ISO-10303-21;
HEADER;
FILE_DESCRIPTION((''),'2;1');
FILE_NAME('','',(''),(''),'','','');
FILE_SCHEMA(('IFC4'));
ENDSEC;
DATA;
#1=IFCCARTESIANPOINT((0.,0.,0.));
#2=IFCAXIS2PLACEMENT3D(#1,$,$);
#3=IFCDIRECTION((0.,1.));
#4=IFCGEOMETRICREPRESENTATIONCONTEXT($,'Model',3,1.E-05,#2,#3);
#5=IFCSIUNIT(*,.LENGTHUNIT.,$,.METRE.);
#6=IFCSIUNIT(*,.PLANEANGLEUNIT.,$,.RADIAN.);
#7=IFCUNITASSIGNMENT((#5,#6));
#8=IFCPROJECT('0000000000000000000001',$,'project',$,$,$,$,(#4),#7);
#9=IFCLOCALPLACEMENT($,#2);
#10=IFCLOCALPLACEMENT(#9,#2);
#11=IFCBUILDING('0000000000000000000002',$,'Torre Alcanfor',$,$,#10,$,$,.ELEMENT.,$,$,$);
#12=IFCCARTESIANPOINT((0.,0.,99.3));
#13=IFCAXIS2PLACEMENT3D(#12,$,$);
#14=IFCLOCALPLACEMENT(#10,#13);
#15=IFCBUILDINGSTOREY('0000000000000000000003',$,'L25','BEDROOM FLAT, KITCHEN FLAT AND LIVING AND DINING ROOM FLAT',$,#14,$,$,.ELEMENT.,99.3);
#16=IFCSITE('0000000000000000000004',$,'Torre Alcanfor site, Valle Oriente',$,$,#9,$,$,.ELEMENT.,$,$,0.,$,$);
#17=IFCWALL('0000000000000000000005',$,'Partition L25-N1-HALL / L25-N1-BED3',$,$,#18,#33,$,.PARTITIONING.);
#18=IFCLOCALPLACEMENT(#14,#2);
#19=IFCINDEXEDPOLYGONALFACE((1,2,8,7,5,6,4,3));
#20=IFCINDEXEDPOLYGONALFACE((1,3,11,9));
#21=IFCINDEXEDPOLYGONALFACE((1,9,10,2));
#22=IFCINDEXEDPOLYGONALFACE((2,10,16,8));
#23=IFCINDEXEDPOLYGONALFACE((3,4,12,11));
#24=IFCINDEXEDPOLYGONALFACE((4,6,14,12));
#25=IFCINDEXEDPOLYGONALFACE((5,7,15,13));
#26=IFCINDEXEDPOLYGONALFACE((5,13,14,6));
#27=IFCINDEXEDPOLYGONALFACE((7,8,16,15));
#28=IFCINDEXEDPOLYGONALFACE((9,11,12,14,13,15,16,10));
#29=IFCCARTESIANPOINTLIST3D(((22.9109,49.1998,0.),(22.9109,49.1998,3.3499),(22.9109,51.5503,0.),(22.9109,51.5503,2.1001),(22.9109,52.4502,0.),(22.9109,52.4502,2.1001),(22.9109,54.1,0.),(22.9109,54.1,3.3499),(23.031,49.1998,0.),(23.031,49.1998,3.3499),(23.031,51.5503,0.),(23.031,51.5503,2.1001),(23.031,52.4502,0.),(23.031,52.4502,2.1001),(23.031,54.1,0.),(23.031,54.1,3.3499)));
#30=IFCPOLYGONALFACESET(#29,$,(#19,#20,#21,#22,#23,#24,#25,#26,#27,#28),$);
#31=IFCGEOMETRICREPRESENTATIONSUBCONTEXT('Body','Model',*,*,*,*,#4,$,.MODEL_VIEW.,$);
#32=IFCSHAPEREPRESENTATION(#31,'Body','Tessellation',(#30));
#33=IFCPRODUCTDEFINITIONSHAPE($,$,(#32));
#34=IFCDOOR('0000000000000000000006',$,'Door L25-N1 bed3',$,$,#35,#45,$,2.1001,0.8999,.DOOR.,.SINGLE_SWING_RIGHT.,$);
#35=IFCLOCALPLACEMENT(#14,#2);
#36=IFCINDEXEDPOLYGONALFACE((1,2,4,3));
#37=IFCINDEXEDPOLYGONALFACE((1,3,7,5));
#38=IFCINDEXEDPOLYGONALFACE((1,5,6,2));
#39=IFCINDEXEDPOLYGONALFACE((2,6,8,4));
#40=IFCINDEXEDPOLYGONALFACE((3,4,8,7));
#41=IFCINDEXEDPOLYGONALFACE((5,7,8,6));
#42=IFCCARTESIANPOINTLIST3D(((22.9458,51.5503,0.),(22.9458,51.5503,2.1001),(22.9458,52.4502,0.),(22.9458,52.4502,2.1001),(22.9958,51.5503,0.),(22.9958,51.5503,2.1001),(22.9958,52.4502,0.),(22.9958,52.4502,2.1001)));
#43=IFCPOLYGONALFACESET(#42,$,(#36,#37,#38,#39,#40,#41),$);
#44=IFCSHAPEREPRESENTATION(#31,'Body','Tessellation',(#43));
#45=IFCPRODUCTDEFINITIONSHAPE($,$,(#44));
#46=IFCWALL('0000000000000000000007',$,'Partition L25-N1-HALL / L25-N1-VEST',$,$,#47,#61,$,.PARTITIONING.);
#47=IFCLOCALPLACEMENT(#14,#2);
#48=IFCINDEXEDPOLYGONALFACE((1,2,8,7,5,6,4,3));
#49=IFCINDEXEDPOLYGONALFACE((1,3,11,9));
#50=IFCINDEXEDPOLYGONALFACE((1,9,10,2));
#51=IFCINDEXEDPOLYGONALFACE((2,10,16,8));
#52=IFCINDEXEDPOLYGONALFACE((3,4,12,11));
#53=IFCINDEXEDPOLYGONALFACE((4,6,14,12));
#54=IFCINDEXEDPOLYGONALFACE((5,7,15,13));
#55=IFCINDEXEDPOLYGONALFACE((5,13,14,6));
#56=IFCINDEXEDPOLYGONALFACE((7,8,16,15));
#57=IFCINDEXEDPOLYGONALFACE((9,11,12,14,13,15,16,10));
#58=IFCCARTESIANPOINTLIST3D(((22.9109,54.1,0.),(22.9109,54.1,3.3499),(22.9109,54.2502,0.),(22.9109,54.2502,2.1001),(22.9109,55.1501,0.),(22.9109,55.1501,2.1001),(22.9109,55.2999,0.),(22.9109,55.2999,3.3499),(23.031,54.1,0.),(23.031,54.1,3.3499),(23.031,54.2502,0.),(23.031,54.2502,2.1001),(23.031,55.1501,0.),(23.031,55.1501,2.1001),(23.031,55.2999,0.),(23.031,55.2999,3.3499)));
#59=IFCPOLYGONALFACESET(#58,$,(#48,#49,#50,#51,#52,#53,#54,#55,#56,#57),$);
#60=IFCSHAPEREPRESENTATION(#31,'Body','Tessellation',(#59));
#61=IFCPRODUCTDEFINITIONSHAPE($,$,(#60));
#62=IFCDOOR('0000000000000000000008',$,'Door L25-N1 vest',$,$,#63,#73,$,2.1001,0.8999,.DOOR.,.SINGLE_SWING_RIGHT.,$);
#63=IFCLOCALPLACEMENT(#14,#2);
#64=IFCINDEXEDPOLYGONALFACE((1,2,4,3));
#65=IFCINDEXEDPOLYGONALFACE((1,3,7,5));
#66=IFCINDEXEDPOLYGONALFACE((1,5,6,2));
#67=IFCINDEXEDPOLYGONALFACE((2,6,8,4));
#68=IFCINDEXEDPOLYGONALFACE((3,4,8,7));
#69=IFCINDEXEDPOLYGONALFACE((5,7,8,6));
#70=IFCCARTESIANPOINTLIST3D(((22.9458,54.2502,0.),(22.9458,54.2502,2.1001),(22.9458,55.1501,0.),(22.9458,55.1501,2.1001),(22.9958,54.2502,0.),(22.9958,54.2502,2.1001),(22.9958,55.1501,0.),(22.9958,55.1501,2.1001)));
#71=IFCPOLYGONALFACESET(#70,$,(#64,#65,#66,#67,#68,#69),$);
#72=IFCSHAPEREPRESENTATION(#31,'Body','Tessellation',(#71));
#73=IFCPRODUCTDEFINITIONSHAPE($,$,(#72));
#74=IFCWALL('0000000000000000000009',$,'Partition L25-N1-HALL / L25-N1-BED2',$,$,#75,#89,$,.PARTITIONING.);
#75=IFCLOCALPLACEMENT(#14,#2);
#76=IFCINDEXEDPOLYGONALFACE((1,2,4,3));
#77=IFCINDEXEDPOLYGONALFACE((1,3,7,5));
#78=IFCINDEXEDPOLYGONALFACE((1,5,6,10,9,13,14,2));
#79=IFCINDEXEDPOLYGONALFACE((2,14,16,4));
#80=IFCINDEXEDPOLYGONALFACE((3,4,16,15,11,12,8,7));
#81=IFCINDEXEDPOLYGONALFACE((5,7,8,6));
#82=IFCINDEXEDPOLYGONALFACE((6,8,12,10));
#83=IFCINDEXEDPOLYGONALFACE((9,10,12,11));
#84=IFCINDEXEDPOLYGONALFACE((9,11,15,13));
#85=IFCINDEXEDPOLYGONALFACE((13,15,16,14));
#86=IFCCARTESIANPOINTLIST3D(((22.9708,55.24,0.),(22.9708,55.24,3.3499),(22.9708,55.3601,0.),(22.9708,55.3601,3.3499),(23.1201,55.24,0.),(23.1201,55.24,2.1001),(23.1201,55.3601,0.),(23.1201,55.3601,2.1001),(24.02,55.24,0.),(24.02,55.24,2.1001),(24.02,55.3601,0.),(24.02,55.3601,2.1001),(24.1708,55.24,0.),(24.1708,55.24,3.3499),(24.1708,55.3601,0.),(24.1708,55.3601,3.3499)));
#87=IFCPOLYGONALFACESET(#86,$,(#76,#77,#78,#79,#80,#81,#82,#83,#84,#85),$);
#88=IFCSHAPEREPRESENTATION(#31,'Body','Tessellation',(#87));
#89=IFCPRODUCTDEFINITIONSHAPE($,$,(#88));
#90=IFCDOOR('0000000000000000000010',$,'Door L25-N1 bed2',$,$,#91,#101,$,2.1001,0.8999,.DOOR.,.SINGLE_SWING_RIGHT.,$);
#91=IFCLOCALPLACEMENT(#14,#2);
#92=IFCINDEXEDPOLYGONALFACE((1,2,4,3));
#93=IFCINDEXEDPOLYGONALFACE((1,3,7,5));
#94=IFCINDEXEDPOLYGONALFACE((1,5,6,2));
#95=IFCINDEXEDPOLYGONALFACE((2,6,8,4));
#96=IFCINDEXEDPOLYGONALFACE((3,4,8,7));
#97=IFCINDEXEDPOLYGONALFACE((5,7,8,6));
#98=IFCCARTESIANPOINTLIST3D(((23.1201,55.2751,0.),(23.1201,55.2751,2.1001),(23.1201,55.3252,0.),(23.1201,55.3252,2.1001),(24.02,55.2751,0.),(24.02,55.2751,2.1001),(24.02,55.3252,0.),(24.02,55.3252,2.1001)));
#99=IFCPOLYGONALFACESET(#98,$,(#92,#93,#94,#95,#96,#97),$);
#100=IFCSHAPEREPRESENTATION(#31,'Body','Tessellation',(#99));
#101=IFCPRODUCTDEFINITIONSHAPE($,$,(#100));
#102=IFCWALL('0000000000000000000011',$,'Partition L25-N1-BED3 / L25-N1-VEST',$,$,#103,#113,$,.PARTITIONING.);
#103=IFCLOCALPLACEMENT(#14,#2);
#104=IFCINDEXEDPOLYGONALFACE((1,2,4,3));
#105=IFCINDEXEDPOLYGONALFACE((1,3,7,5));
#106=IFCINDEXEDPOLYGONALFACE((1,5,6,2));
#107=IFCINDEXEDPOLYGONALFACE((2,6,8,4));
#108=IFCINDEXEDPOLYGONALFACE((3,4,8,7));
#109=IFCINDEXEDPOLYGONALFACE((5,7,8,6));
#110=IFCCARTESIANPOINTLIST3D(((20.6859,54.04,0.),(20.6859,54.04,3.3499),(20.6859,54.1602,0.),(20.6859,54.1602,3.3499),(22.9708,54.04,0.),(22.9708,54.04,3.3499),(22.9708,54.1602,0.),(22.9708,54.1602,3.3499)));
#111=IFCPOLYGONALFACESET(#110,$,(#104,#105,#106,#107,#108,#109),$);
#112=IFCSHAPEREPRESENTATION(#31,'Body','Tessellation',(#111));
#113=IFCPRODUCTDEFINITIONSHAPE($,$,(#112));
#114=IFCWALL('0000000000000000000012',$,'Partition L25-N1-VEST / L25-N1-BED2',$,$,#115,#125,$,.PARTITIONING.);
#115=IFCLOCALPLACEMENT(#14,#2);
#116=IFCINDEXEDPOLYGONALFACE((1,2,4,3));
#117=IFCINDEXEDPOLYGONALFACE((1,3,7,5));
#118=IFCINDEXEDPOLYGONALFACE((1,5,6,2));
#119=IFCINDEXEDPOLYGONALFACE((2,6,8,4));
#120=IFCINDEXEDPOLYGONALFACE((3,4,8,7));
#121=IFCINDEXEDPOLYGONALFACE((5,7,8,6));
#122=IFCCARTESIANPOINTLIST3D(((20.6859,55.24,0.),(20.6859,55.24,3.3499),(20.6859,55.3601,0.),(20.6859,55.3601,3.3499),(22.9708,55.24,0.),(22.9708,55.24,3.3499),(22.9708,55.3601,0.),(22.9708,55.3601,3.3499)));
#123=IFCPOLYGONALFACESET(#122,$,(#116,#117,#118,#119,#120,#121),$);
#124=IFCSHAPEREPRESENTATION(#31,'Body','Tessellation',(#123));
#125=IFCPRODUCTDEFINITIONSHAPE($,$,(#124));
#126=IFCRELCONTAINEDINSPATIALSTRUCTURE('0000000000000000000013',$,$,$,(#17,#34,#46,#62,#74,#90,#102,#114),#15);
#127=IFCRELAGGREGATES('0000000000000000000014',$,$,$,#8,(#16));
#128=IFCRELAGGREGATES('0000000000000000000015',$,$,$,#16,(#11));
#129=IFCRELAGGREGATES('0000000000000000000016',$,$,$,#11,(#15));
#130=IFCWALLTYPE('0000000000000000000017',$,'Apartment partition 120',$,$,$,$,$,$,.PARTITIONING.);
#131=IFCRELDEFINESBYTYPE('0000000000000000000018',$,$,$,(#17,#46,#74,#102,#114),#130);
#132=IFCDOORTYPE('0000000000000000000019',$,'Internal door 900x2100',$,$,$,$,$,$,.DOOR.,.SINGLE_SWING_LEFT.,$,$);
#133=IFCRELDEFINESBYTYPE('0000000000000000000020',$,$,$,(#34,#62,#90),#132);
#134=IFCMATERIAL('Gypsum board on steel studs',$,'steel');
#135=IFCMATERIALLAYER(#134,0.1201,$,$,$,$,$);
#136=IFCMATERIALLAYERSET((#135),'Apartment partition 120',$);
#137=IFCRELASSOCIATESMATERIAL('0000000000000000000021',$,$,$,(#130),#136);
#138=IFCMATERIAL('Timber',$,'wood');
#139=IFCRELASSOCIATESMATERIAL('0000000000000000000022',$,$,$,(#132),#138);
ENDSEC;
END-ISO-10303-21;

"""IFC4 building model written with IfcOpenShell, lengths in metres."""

from ifc_helpers import new_model, si_unit, direction, frame, frame_2d, origin, place, context, subcontext, project, spatial, rectangle, extrude, material, layer, layer_set, type_object, element, fill, save


model = new_model("IFC4")

# Units and contexts
model_context = context("Model", 3, precision=1e-05, world=origin(), true_north=direction((0.0, 1.0)))
body_context = subcontext(model_context, "Body", "Model", "MODEL_VIEW")
ifc_project = project(units=[si_unit("LENGTHUNIT", "METRE"), si_unit("PLANEANGLEUNIT", "RADIAN")], contexts=[model_context])

# Site, building, storey
site_placement = place(None, origin())
site = spatial("IfcSite", under=ifc_project, at=site_placement, Name="Torre Alcanfor site, Valle Oriente", CompositionType="ELEMENT", RefElevation=0.0)
building_placement = place(site_placement, origin())
building = spatial("IfcBuilding", under=site, at=building_placement, Name="Torre Alcanfor", CompositionType="ELEMENT")
storey_placement = place(building_placement, frame((0.0, 0.0, 99.3)))
storey = spatial("IfcBuildingStorey", under=building, at=storey_placement, Name="L25", Description="BEDROOM FLAT, KITCHEN FLAT AND LIVING AND DINING ROOM FLAT", CompositionType="ELEMENT", Elevation=99.3)

# Shared definitions
ifc_material_1 = material(Name="Gypsum board on steel studs", Category="steel")
ifc_layer_1 = layer(ifc_material_1, 0.1201)
ifc_layer_set_1 = layer_set([ifc_layer_1], Name="Apartment partition 120")
wall_type = type_object("IfcWallType", Name="Apartment partition 120", PredefinedType="PARTITIONING", material=ifc_layer_set_1)
ifc_material_2 = material(Name="Timber", Category="wood")
door_type = type_object("IfcDoorType", Name="Internal door 900x2100", OperationType="SINGLE_SWING_LEFT", PredefinedType="DOOR", material=ifc_material_2)

# Walls, openings, doors
wall_1_placement = place(storey_placement, frame((22.9709, 54.1001, 0.0), z_axis=(0.0, 0.0, 1.0), x_axis=(0.0, -1.0, 0.0)))
wall_1 = element("IfcWall", 1, at=wall_1_placement, inside=storey, type_object=wall_type, Name="Partition L25-N1-HALL / L25-N1-BED3", PredefinedType="PARTITIONING", context=body_context, shape_type="SweptSolid", body=[
    extrude(rectangle(XDim=4.9001, YDim=0.1201, at=frame_2d((2.4502, 0.0))), origin(), (0.0, 0.0, 1.0), 3.3499),
])
opening_1_placement = place(wall_1_placement, frame((1.6499, 0.0, 0.0)))
opening_1 = element("IfcOpeningElement", 2, at=opening_1_placement, cuts=wall_1, PredefinedType="OPENING", context=body_context, shape_type="SweptSolid", body=[
    extrude(rectangle(XDim=0.8999, YDim=2.1001, at=frame_2d((0.45, 1.05))), frame((0.0, 0.0701, 0.0), z_axis=(0.0, -1.0, 0.0), x_axis=(1.0, 0.0, 0.0)), (0.0, 0.0, 1.0), 0.1401),
])
door_1_placement = place(opening_1_placement, frame((0.8999, 0.0, 0.0), z_axis=(0.0, 0.0, 1.0), x_axis=(-1.0, 0.0, 0.0)))
door_1 = element("IfcDoor", 3, at=door_1_placement, inside=storey, type_object=door_type, Name="Door L25-N1 bed3", OperationType="SINGLE_SWING_RIGHT", OverallHeight=2.1001, OverallWidth=0.8999, PredefinedType="DOOR", context=body_context, shape_type="SweptSolid", body=[
    extrude(rectangle(XDim=0.8999, YDim=2.1001, at=frame_2d((0.45, 1.05))), frame((0.0, 0.0251, 0.0), z_axis=(0.0, -1.0, 0.0), x_axis=(1.0, 0.0, 0.0)), (0.0, 0.0, 1.0), 0.05),
])
fill(opening_1, door_1)
wall_2_placement = place(storey_placement, frame((22.9709, 55.3, 0.0), z_axis=(0.0, 0.0, 1.0), x_axis=(0.0, -1.0, 0.0)))
wall_2 = element("IfcWall", 4, at=wall_2_placement, inside=storey, type_object=wall_type, Name="Partition L25-N1-HALL / L25-N1-VEST", PredefinedType="PARTITIONING", context=body_context, shape_type="SweptSolid", body=[
    extrude(rectangle(XDim=1.2, YDim=0.1201, at=frame_2d((0.6001, 0.0))), origin(), (0.0, 0.0, 1.0), 3.3499),
])
opening_2_placement = place(wall_2_placement, frame((0.1499, 0.0, 0.0)))
opening_2 = element("IfcOpeningElement", 5, at=opening_2_placement, cuts=wall_2, PredefinedType="OPENING", context=body_context, shape_type="SweptSolid", body=[
    extrude(rectangle(XDim=0.8999, YDim=2.1001, at=frame_2d((0.45, 1.05))), frame((0.0, 0.0701, 0.0), z_axis=(0.0, -1.0, 0.0), x_axis=(1.0, 0.0, 0.0)), (0.0, 0.0, 1.0), 0.1401),
])
door_2_placement = place(opening_2_placement, frame((0.8999, 0.0, 0.0), z_axis=(0.0, 0.0, 1.0), x_axis=(-1.0, 0.0, 0.0)))
door_2 = element("IfcDoor", 6, at=door_2_placement, inside=storey, type_object=door_type, Name="Door L25-N1 vest", OperationType="SINGLE_SWING_RIGHT", OverallHeight=2.1001, OverallWidth=0.8999, PredefinedType="DOOR", context=body_context, shape_type="SweptSolid", body=[
    extrude(rectangle(XDim=0.8999, YDim=2.1001, at=frame_2d((0.45, 1.05))), frame((0.0, 0.0251, 0.0), z_axis=(0.0, -1.0, 0.0), x_axis=(1.0, 0.0, 0.0)), (0.0, 0.0, 1.0), 0.05),
])
fill(opening_2, door_2)
wall_3_placement = place(storey_placement, frame((24.1709, 55.3, 0.0), z_axis=(0.0, 0.0, 1.0), x_axis=(-1.0, 0.0, 0.0)))
wall_3 = element("IfcWall", 7, at=wall_3_placement, inside=storey, type_object=wall_type, Name="Partition L25-N1-HALL / L25-N1-BED2", PredefinedType="PARTITIONING", context=body_context, shape_type="SweptSolid", body=[
    extrude(rectangle(XDim=1.2, YDim=0.1201, at=frame_2d((0.6001, 0.0))), origin(), (0.0, 0.0, 1.0), 3.3499),
])
opening_3_placement = place(wall_3_placement, frame((0.1509, 0.0, 0.0)))
opening_3 = element("IfcOpeningElement", 8, at=opening_3_placement, cuts=wall_3, PredefinedType="OPENING", context=body_context, shape_type="SweptSolid", body=[
    extrude(rectangle(XDim=0.8999, YDim=2.1001, at=frame_2d((0.45, 1.05))), frame((0.0, 0.0701, 0.0), z_axis=(0.0, -1.0, 0.0), x_axis=(1.0, 0.0, 0.0)), (0.0, 0.0, 1.0), 0.1401),
])
door_3_placement = place(opening_3_placement, frame((0.8999, 0.0, 0.0), z_axis=(0.0, 0.0, 1.0), x_axis=(-1.0, 0.0, 0.0)))
door_3 = element("IfcDoor", 9, at=door_3_placement, inside=storey, type_object=door_type, Name="Door L25-N1 bed2", OperationType="SINGLE_SWING_RIGHT", OverallHeight=2.1001, OverallWidth=0.8999, PredefinedType="DOOR", context=body_context, shape_type="SweptSolid", body=[
    extrude(rectangle(XDim=0.8999, YDim=2.1001, at=frame_2d((0.45, 1.05))), frame((0.0, 0.0251, 0.0), z_axis=(0.0, -1.0, 0.0), x_axis=(1.0, 0.0, 0.0)), (0.0, 0.0, 1.0), 0.05),
])
fill(opening_3, door_3)

# Walls
for number, where, z_axis, x_axis, name in (
    (10, (22.9709, 54.1001, 0.0), (0.0, 0.0, 1.0), (-1.0, 0.0, 0.0), "Partition L25-N1-BED3 / L25-N1-VEST"),
    (11, (22.9709, 55.3, 0.0), (0.0, 0.0, 1.0), (-1.0, 0.0, 0.0), "Partition L25-N1-VEST / L25-N1-BED2"),
):
    element("IfcWall", number, at=place(storey_placement, frame(where, z_axis=z_axis, x_axis=x_axis)), inside=storey, type_object=wall_type, Name=name, PredefinedType="PARTITIONING", context=body_context, shape_type="SweptSolid", body=[
        extrude(rectangle(XDim=2.2849, YDim=0.1201, at=frame_2d((1.1426, 0.0))), origin(), (0.0, 0.0, 1.0), 3.3499),
    ])

save(model, "model.ifc")
